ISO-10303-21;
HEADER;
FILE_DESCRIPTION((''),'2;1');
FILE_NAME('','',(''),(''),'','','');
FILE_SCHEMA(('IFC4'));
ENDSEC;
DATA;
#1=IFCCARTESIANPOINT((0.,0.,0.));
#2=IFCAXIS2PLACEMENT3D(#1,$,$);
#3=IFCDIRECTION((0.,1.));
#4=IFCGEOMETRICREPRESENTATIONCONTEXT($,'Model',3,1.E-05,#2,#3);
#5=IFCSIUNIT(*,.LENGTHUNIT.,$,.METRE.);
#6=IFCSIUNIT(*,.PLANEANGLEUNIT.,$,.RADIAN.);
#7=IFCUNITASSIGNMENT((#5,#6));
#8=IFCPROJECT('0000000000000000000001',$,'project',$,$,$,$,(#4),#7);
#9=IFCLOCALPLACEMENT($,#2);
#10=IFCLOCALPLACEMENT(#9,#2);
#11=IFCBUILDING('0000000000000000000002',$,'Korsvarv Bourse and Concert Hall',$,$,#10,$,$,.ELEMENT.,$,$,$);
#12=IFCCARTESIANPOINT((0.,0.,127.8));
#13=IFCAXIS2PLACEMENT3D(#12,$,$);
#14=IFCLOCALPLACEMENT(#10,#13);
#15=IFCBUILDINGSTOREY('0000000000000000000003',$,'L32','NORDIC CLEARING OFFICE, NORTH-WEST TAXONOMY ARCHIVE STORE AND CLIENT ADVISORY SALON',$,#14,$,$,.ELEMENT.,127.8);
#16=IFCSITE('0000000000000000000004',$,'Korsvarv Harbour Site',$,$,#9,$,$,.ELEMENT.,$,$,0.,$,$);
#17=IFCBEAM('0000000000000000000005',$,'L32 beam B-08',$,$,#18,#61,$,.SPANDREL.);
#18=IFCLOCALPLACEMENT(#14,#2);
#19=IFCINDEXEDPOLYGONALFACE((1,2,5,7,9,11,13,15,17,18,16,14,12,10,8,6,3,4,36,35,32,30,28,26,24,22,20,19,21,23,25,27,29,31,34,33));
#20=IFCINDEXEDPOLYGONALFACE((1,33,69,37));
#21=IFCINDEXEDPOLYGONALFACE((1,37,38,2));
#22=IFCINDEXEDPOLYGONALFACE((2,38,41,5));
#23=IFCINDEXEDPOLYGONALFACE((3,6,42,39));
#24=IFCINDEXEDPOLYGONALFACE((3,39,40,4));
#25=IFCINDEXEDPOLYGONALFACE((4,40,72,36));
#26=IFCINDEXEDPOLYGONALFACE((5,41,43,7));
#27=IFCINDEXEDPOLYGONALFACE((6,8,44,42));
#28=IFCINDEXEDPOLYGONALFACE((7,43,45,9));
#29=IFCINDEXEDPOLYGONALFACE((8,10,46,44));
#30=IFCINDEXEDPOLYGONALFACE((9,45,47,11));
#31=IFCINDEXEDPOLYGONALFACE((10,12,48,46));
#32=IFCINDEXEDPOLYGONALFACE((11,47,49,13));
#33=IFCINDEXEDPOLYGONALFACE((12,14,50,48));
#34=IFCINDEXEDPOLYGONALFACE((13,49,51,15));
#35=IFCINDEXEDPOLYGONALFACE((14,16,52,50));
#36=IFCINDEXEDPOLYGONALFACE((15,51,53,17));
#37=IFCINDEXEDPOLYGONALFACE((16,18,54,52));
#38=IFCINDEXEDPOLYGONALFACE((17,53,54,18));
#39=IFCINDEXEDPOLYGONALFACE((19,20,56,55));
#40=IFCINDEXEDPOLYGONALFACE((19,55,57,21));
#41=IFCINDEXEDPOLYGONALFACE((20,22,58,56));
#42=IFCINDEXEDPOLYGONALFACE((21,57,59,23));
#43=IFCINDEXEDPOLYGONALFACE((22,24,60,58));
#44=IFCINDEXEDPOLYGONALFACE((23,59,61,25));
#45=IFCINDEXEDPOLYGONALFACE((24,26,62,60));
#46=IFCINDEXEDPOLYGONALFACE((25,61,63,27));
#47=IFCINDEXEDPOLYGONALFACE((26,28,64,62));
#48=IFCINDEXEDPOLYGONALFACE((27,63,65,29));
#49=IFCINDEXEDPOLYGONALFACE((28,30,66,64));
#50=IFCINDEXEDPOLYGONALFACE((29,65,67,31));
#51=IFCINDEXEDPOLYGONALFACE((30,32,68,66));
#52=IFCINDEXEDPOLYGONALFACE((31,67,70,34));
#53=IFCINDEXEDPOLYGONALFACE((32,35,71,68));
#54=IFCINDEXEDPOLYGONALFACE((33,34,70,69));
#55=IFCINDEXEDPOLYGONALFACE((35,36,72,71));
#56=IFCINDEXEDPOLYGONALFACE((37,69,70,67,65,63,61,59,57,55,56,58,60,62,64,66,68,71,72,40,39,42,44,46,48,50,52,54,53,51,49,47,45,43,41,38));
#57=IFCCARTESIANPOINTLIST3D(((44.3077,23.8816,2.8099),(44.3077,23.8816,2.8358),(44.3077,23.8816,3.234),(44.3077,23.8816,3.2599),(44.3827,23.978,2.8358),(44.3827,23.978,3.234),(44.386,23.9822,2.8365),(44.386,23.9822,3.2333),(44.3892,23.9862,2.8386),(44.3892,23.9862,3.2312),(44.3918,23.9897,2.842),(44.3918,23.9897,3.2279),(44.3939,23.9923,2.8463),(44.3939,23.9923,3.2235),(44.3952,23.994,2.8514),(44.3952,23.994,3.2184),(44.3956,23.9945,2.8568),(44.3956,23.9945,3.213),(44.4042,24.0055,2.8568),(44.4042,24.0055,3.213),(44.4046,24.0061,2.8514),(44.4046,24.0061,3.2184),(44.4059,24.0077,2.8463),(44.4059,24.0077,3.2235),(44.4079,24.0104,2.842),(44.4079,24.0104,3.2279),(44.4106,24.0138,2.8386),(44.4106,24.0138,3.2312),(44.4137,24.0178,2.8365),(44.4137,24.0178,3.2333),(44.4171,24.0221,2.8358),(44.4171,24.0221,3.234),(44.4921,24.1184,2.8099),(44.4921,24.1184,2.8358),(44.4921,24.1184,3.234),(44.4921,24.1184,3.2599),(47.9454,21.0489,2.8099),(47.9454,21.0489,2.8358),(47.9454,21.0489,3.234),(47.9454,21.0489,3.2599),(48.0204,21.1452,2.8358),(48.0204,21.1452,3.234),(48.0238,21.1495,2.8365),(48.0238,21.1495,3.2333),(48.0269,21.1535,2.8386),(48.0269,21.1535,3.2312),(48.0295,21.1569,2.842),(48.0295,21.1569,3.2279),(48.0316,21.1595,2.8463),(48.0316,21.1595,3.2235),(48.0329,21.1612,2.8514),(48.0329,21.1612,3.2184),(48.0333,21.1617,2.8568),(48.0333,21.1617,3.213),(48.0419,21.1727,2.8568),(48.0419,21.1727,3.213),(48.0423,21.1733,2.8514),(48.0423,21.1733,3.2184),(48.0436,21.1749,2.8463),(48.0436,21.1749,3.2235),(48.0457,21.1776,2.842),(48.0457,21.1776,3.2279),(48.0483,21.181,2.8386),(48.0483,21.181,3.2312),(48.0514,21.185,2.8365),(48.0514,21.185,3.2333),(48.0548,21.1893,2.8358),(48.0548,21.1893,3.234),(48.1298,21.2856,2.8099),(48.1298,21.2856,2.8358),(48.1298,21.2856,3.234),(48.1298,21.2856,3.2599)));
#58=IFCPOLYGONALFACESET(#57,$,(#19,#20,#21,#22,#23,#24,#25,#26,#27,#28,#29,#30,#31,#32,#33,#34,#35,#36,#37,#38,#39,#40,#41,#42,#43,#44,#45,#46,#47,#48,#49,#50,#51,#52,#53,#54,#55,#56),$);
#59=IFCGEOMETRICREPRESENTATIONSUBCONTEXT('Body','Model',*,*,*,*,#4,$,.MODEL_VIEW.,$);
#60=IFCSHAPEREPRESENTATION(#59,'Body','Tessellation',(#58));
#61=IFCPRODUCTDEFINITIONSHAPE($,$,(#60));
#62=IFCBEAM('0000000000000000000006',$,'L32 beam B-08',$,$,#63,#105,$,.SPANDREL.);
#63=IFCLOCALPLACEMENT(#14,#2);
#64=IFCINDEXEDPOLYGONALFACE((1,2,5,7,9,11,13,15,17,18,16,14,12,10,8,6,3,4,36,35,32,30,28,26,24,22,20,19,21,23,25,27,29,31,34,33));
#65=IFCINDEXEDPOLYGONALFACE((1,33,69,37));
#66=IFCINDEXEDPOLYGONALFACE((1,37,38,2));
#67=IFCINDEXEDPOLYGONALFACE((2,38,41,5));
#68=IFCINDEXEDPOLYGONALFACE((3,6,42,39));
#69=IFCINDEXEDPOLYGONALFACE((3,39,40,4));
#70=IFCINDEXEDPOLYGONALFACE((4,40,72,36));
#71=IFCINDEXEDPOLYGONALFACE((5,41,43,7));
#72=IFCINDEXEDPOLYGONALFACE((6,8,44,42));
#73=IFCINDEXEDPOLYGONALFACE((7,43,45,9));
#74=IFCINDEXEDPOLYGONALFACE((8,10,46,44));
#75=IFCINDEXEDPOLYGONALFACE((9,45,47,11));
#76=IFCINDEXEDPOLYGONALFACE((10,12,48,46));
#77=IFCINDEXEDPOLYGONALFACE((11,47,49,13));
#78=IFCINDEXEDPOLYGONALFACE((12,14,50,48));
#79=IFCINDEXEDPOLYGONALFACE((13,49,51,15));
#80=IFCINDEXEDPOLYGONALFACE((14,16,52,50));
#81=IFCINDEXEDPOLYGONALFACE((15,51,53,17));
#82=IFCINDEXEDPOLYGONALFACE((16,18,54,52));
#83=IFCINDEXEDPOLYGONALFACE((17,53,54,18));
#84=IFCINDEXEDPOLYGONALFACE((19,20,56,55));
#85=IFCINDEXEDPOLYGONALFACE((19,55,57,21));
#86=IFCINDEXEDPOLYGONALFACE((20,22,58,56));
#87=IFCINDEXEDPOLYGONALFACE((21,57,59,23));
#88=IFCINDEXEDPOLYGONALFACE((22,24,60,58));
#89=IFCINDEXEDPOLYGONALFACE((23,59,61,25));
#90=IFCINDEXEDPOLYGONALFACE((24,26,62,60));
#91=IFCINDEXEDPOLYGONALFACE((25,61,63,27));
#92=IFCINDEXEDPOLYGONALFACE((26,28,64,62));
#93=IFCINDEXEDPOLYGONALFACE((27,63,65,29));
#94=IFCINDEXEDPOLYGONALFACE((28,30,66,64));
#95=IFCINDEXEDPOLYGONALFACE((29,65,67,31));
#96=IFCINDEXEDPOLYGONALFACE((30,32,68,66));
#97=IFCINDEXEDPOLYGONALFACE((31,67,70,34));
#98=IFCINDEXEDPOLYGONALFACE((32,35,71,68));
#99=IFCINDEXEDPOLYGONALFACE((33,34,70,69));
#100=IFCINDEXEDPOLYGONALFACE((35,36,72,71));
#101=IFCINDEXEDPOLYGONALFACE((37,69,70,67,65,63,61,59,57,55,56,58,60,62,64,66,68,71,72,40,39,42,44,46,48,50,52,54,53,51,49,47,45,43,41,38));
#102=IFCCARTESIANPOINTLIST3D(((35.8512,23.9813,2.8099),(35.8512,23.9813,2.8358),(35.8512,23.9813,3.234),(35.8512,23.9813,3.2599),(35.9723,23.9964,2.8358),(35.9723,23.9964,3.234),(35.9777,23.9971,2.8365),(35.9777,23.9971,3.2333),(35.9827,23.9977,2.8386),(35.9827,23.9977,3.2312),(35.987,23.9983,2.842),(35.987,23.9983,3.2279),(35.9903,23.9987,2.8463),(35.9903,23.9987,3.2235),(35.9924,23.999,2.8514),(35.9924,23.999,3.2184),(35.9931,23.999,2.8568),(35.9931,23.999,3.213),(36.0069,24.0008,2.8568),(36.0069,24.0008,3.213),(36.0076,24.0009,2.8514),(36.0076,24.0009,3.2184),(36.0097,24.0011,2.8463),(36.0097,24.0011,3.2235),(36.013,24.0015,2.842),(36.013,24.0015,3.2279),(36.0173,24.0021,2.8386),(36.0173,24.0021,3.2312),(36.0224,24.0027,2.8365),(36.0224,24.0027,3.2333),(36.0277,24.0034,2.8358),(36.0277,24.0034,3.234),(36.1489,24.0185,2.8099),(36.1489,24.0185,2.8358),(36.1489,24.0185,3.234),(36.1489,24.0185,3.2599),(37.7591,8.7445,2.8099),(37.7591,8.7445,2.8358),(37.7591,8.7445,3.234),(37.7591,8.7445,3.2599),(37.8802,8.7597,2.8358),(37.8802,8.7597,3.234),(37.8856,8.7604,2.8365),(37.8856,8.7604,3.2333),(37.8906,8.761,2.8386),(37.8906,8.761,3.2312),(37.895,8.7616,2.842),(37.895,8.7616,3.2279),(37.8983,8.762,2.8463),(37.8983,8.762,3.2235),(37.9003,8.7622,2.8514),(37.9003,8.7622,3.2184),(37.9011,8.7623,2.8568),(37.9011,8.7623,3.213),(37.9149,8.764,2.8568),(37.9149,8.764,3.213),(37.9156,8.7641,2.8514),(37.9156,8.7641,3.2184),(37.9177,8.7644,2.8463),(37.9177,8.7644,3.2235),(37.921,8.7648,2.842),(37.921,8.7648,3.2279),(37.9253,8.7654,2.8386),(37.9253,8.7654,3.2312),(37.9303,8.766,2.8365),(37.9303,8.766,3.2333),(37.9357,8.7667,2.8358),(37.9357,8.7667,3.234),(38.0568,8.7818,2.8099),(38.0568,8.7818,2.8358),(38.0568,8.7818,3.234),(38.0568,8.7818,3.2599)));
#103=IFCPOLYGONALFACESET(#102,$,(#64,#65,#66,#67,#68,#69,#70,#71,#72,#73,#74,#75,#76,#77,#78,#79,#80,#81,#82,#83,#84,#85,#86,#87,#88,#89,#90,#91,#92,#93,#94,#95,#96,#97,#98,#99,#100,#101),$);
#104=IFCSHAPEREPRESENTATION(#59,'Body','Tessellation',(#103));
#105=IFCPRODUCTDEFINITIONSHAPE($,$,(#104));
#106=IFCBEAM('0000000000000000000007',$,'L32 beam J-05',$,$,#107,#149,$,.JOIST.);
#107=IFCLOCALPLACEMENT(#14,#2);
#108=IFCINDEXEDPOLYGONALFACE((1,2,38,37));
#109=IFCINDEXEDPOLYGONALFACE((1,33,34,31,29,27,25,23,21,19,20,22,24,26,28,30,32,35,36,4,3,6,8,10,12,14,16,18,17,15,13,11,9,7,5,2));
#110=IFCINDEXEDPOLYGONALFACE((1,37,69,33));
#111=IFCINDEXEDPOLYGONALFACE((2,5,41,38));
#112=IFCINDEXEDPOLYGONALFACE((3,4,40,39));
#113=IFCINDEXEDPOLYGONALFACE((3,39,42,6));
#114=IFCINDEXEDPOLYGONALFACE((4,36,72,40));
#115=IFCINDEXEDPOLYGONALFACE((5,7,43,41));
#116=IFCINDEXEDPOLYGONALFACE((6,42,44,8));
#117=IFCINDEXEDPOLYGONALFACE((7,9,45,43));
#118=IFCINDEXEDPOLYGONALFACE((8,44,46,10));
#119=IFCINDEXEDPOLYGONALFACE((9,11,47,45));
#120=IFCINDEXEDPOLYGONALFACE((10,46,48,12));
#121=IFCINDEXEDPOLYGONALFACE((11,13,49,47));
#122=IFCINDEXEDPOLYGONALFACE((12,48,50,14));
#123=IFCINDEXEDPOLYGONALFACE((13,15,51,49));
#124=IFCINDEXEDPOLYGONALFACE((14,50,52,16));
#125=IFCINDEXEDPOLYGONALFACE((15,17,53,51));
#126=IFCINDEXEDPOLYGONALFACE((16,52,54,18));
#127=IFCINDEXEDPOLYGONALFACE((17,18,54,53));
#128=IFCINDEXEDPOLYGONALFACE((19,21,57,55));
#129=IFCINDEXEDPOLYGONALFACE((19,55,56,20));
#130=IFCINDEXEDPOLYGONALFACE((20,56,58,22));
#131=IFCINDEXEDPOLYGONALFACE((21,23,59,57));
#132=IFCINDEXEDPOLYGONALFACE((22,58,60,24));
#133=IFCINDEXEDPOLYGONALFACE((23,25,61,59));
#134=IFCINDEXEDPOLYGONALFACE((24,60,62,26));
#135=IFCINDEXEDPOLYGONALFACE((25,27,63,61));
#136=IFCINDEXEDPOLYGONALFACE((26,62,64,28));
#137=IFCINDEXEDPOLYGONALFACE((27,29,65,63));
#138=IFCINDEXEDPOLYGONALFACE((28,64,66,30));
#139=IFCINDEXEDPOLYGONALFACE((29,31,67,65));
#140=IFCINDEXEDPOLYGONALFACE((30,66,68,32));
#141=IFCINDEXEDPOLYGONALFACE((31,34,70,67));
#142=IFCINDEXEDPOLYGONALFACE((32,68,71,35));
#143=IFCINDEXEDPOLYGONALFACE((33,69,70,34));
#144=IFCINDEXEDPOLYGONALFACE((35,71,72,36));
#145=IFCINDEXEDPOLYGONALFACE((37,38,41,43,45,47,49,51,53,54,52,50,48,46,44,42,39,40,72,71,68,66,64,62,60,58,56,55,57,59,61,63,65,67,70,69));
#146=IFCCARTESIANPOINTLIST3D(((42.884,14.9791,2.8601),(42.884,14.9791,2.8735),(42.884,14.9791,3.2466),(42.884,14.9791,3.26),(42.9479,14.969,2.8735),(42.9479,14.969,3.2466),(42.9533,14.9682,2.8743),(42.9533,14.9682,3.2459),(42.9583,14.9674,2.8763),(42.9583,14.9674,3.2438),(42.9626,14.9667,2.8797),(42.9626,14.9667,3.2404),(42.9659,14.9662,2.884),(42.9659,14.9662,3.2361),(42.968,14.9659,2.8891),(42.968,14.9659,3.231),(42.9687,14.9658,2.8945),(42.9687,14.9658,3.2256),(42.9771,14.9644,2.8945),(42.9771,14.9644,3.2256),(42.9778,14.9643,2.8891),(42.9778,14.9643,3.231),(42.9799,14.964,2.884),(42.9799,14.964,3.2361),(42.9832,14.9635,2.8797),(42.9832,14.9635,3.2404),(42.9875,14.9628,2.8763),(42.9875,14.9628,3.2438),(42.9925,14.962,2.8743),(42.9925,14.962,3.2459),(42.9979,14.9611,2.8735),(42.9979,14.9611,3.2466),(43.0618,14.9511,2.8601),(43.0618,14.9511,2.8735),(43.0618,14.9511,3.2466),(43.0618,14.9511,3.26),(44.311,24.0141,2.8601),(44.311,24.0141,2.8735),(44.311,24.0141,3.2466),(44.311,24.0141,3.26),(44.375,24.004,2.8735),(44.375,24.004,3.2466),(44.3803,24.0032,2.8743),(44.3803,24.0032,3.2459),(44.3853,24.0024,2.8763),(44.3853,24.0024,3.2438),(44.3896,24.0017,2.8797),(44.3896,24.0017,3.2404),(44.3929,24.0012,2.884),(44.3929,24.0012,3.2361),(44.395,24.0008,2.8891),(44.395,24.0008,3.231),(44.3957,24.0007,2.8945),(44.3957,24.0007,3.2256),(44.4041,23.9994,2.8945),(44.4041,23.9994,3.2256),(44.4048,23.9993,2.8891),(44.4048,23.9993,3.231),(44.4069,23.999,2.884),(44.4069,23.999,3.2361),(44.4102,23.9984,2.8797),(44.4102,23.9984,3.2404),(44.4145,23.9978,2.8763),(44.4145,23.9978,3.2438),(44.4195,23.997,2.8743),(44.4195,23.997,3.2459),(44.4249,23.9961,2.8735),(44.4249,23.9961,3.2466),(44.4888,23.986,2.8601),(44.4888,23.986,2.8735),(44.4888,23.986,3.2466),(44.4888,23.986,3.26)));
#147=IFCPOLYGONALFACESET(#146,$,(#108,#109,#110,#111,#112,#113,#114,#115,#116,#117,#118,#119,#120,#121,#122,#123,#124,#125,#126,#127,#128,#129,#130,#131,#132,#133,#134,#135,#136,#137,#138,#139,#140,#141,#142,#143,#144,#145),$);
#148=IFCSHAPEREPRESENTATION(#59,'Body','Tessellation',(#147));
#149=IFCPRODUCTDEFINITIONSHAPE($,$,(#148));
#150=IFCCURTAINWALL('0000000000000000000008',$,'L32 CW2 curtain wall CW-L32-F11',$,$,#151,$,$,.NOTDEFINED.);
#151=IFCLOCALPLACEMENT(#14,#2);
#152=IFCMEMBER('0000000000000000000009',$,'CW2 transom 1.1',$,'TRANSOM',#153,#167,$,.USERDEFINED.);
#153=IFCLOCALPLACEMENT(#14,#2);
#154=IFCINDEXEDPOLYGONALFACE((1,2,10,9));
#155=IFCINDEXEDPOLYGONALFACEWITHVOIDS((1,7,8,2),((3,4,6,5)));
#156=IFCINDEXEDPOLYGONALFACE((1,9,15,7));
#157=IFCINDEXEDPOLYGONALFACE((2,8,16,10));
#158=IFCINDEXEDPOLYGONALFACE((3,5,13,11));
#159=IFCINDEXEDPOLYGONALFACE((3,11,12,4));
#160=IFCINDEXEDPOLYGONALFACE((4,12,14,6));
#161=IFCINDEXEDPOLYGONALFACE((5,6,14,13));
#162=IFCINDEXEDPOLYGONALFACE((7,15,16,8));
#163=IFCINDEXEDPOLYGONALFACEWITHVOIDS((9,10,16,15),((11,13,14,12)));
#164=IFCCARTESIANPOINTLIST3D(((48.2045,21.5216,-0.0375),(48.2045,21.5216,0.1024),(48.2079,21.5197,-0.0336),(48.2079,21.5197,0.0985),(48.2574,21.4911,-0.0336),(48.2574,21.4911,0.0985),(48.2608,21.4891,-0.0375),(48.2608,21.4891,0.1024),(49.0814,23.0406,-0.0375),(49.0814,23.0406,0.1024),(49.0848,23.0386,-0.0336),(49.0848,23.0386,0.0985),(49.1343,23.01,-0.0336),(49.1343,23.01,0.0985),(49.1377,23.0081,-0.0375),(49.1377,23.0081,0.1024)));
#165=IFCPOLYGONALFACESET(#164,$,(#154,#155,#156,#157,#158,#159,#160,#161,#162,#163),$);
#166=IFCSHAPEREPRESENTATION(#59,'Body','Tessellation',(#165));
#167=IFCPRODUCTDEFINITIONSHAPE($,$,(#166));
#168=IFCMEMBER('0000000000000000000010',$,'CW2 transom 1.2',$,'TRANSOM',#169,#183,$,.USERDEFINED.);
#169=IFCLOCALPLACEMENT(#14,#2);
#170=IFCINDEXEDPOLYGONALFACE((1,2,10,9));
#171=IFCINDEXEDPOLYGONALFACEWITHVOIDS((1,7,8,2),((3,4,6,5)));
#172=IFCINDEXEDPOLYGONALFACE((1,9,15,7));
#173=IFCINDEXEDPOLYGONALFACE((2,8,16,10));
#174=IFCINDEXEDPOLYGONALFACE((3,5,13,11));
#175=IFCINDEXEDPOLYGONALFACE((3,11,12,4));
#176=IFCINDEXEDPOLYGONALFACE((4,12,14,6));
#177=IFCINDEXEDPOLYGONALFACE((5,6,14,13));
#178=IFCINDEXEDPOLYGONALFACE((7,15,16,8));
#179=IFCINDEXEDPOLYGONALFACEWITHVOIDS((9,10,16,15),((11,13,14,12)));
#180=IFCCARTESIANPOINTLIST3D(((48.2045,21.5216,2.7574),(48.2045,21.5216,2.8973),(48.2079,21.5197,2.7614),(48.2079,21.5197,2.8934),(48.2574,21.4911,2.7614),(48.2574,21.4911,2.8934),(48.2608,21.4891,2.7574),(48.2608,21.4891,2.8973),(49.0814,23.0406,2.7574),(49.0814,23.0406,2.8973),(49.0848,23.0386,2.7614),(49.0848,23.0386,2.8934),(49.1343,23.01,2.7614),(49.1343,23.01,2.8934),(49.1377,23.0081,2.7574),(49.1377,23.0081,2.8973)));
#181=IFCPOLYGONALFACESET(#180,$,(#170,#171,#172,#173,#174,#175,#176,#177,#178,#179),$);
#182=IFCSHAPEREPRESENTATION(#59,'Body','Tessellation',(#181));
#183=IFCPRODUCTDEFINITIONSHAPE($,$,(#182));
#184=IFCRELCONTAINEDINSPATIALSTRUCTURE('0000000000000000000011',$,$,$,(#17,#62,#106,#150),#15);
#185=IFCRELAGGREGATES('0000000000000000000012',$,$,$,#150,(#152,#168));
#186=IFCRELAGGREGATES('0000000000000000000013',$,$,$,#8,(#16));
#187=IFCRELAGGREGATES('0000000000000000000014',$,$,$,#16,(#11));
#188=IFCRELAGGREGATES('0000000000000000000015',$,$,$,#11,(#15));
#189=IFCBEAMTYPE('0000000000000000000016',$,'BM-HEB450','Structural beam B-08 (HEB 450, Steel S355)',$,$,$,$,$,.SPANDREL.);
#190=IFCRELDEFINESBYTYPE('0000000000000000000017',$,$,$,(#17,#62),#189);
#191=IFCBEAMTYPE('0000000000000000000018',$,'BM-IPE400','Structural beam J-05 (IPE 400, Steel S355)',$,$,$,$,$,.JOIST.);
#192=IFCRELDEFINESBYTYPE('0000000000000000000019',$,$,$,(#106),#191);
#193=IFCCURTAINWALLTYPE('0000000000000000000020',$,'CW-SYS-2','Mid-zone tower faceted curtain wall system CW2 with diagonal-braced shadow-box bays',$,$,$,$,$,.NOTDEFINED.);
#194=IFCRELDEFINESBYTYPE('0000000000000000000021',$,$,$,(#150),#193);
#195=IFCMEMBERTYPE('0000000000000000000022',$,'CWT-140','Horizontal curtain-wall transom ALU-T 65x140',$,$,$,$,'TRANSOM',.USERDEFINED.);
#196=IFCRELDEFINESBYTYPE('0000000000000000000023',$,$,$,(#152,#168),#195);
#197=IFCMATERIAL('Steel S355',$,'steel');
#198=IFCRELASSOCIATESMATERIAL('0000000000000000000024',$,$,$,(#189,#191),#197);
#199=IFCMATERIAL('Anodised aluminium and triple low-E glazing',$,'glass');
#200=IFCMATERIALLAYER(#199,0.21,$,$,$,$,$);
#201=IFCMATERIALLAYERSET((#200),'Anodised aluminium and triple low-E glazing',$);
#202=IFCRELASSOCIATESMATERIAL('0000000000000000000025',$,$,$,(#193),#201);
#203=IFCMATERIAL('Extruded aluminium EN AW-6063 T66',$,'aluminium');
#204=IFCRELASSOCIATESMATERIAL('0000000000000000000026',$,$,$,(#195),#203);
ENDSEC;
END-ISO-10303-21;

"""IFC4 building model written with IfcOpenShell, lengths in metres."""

from ifc_helpers import new_model, si_unit, direction, frame, origin, origin_2d, place, context, subcontext, project, spatial, hollow_rectangle, i_section, extrude, source, transform, mapped, material, layer, layer_set, material_profile, profile_set, type_object, element, aggregate, save


model = new_model("IFC4")

# Units and contexts
model_context = context("Model", 3, precision=1e-05, world=origin(), true_north=direction((0.0, 1.0)))
body_context = subcontext(model_context, "Body", "Model", "MODEL_VIEW")
ifc_project = project(units=[si_unit("LENGTHUNIT", "METRE"), si_unit("PLANEANGLEUNIT", "RADIAN")], contexts=[model_context])

# Site, building, storey
site_placement = place(None, origin())
site = spatial("IfcSite", under=ifc_project, at=site_placement, Name="Korsvarv Harbour Site", CompositionType="ELEMENT", RefElevation=0.0)
building_placement = place(site_placement, origin())
building = spatial("IfcBuilding", under=site, at=building_placement, Name="Korsvarv Bourse and Concert Hall", CompositionType="ELEMENT")
storey_placement = place(building_placement, frame((0.0, 0.0, 127.8)))
storey = spatial("IfcBuildingStorey", under=building, at=storey_placement, Name="L32", Description="NORDIC CLEARING OFFICE, NORTH-WEST TAXONOMY ARCHIVE STORE AND CLIENT ADVISORY SALON", CompositionType="ELEMENT", Elevation=127.8)

# Beams
ifc_material_1 = material(Name="Steel S355", Category="steel")
ifc_material_profile_1 = material_profile(ifc_material_1, i_section(OverallWidth=0.3, OverallDepth=0.45, WebThickness=0.0139, FlangeThickness=0.0259, FilletRadius=0.021, at=origin_2d()), Name="HEB 450")
ifc_profile_set_1 = profile_set([ifc_material_profile_1], Name="Steel S355")
beam_type_1 = type_object("IfcBeamType", Name="BM-HEB450", Description="Structural beam B-08 (HEB 450, Steel S355)", PredefinedType="SPANDREL", material=ifc_profile_set_1)
shared_shape_1 = source(origin(), body_context, "Body", "SweptSolid", [
    extrude(i_section(OverallWidth=0.3, OverallDepth=0.45, WebThickness=0.0139, FlangeThickness=0.0259, FilletRadius=0.021, at=origin_2d()), origin(), (0.0, 0.0, 1.0), 4.6106),
])
beam_1_placement = place(storey_placement, frame((48.0376, 21.1672, 3.0349), z_axis=(-0.78899, 0.614406, 0.0), x_axis=(-0.614406, -0.78899, 0.0)))
element("IfcBeam", 1, at=beam_1_placement, inside=storey, type_object=beam_type_1, Name="L32 beam B-08", PredefinedType="SPANDREL", context=body_context, shape_type="MappedRepresentation", body=[
    mapped(shared_shape_1, transform((0.0, 0.0, 0.0), scale=1.0)),
])
shared_shape_2 = source(origin(), body_context, "Body", "SweptSolid", [
    extrude(i_section(OverallWidth=0.3, OverallDepth=0.45, WebThickness=0.0139, FlangeThickness=0.0259, FilletRadius=0.021, at=origin_2d()), origin(), (0.0, 0.0, 1.0), 15.3557),
])
beam_2_placement = place(storey_placement, frame((37.908, 8.7632, 3.0349), z_axis=(-0.12425, 0.992251, 0.0), x_axis=(-0.992251, -0.12425, 0.0)))
element("IfcBeam", 2, at=beam_2_placement, inside=storey, type_object=beam_type_1, Name="L32 beam B-08", PredefinedType="SPANDREL", context=body_context, shape_type="MappedRepresentation", body=[
    mapped(shared_shape_2, transform((0.0, 0.0, 0.0), scale=1.0)),
])
ifc_material_profile_2 = material_profile(ifc_material_1, i_section(OverallWidth=0.1799, OverallDepth=0.3999, WebThickness=0.0085, FlangeThickness=0.0134, FilletRadius=0.021, at=origin_2d()), Name="IPE 400")
ifc_profile_set_2 = profile_set([ifc_material_profile_2], Name="Steel S355")
beam_type_2 = type_object("IfcBeamType", Name="BM-IPE400", Description="Structural beam J-05 (IPE 400, Steel S355)", PredefinedType="JOIST", material=ifc_profile_set_2)
shared_shape_3 = source(origin(), body_context, "Body", "SweptSolid", [
    extrude(i_section(OverallWidth=0.1799, OverallDepth=0.3999, WebThickness=0.0085, FlangeThickness=0.0134, FilletRadius=0.021, at=origin_2d()), origin(), (0.0, 0.0, 1.0), 9.147),
])
beam_3_placement = place(storey_placement, frame((42.9729, 14.9651, 3.0601), z_axis=(0.156009, 0.987756, 0.0), x_axis=(-0.987756, 0.156009, 0.0)))
element("IfcBeam", 3, at=beam_3_placement, inside=storey, type_object=beam_type_2, Name="L32 beam J-05", PredefinedType="JOIST", context=body_context, shape_type="MappedRepresentation", body=[
    mapped(shared_shape_3, transform((0.0, 0.0, 0.0), scale=1.0)),
])

# Curtain wall, members
ifc_material_2 = material(Name="Anodised aluminium and triple low-E glazing", Category="glass")
ifc_layer_1 = layer(ifc_material_2, 0.21)
ifc_layer_set_1 = layer_set([ifc_layer_1], Name="Anodised aluminium and triple low-E glazing")
curtain_wall_type = type_object("IfcCurtainWallType", Name="CW-SYS-2", Description="Mid-zone tower faceted curtain wall system CW2 with diagonal-braced shadow-box bays", PredefinedType="NOTDEFINED", material=ifc_layer_set_1)
curtain_wall_placement = place(storey_placement, origin())
curtain_wall = element("IfcCurtainWall", 4, at=curtain_wall_placement, inside=storey, type_object=curtain_wall_type, Name="L32 CW2 curtain wall CW-L32-F11", PredefinedType="NOTDEFINED")
ifc_material_3 = material(Name="Extruded aluminium EN AW-6063 T66", Category="aluminium")
ifc_material_profile_3 = material_profile(ifc_material_3, hollow_rectangle(XDim=0.0649, YDim=0.1399, WallThickness=0.0039, at=origin_2d()), Name="ALU-T 65x140")
ifc_profile_set_3 = profile_set([ifc_material_profile_3], Name="Extruded aluminium EN AW-6063 T66")
member_type_1 = type_object("IfcMemberType", Name="CWT-140", Description="Horizontal curtain-wall transom ALU-T 65x140", ElementType="TRANSOM", PredefinedType="USERDEFINED", material=ifc_profile_set_3)
shared_shape_4 = source(origin(), body_context, "Body", "SweptSolid", [
    extrude(hollow_rectangle(XDim=0.0649, YDim=0.1399, WallThickness=0.0039, at=origin_2d()), origin(), (0.0, 0.0, 1.0), 1.7539),
])
member_1_placement = place(storey_placement, frame((48.2327, 21.5054, 0.0325), z_axis=(0.499971, 0.866042, 0.0), x_axis=(-0.866042, 0.499971, 0.0)))
member_1 = element("IfcMember", 5, at=member_1_placement, type_object=member_type_1, Name="CW2 transom 1.1", ObjectType="TRANSOM", PredefinedType="USERDEFINED", context=body_context, shape_type="MappedRepresentation", body=[
    mapped(shared_shape_4, transform((0.0, 0.0, 0.0), scale=1.0)),
])
member_2_placement = place(storey_placement, frame((48.2327, 21.5054, 2.8274), z_axis=(0.499971, 0.866042, 0.0), x_axis=(-0.866042, 0.499971, 0.0)))
member_2 = element("IfcMember", 6, at=member_2_placement, type_object=member_type_1, Name="CW2 transom 1.2", ObjectType="TRANSOM", PredefinedType="USERDEFINED", context=body_context, shape_type="MappedRepresentation", body=[
    mapped(shared_shape_4, transform((0.0, 0.0, 0.0), scale=1.0)),
])
aggregate(curtain_wall, [member_1, member_2])

save(model, "model.ifc")
